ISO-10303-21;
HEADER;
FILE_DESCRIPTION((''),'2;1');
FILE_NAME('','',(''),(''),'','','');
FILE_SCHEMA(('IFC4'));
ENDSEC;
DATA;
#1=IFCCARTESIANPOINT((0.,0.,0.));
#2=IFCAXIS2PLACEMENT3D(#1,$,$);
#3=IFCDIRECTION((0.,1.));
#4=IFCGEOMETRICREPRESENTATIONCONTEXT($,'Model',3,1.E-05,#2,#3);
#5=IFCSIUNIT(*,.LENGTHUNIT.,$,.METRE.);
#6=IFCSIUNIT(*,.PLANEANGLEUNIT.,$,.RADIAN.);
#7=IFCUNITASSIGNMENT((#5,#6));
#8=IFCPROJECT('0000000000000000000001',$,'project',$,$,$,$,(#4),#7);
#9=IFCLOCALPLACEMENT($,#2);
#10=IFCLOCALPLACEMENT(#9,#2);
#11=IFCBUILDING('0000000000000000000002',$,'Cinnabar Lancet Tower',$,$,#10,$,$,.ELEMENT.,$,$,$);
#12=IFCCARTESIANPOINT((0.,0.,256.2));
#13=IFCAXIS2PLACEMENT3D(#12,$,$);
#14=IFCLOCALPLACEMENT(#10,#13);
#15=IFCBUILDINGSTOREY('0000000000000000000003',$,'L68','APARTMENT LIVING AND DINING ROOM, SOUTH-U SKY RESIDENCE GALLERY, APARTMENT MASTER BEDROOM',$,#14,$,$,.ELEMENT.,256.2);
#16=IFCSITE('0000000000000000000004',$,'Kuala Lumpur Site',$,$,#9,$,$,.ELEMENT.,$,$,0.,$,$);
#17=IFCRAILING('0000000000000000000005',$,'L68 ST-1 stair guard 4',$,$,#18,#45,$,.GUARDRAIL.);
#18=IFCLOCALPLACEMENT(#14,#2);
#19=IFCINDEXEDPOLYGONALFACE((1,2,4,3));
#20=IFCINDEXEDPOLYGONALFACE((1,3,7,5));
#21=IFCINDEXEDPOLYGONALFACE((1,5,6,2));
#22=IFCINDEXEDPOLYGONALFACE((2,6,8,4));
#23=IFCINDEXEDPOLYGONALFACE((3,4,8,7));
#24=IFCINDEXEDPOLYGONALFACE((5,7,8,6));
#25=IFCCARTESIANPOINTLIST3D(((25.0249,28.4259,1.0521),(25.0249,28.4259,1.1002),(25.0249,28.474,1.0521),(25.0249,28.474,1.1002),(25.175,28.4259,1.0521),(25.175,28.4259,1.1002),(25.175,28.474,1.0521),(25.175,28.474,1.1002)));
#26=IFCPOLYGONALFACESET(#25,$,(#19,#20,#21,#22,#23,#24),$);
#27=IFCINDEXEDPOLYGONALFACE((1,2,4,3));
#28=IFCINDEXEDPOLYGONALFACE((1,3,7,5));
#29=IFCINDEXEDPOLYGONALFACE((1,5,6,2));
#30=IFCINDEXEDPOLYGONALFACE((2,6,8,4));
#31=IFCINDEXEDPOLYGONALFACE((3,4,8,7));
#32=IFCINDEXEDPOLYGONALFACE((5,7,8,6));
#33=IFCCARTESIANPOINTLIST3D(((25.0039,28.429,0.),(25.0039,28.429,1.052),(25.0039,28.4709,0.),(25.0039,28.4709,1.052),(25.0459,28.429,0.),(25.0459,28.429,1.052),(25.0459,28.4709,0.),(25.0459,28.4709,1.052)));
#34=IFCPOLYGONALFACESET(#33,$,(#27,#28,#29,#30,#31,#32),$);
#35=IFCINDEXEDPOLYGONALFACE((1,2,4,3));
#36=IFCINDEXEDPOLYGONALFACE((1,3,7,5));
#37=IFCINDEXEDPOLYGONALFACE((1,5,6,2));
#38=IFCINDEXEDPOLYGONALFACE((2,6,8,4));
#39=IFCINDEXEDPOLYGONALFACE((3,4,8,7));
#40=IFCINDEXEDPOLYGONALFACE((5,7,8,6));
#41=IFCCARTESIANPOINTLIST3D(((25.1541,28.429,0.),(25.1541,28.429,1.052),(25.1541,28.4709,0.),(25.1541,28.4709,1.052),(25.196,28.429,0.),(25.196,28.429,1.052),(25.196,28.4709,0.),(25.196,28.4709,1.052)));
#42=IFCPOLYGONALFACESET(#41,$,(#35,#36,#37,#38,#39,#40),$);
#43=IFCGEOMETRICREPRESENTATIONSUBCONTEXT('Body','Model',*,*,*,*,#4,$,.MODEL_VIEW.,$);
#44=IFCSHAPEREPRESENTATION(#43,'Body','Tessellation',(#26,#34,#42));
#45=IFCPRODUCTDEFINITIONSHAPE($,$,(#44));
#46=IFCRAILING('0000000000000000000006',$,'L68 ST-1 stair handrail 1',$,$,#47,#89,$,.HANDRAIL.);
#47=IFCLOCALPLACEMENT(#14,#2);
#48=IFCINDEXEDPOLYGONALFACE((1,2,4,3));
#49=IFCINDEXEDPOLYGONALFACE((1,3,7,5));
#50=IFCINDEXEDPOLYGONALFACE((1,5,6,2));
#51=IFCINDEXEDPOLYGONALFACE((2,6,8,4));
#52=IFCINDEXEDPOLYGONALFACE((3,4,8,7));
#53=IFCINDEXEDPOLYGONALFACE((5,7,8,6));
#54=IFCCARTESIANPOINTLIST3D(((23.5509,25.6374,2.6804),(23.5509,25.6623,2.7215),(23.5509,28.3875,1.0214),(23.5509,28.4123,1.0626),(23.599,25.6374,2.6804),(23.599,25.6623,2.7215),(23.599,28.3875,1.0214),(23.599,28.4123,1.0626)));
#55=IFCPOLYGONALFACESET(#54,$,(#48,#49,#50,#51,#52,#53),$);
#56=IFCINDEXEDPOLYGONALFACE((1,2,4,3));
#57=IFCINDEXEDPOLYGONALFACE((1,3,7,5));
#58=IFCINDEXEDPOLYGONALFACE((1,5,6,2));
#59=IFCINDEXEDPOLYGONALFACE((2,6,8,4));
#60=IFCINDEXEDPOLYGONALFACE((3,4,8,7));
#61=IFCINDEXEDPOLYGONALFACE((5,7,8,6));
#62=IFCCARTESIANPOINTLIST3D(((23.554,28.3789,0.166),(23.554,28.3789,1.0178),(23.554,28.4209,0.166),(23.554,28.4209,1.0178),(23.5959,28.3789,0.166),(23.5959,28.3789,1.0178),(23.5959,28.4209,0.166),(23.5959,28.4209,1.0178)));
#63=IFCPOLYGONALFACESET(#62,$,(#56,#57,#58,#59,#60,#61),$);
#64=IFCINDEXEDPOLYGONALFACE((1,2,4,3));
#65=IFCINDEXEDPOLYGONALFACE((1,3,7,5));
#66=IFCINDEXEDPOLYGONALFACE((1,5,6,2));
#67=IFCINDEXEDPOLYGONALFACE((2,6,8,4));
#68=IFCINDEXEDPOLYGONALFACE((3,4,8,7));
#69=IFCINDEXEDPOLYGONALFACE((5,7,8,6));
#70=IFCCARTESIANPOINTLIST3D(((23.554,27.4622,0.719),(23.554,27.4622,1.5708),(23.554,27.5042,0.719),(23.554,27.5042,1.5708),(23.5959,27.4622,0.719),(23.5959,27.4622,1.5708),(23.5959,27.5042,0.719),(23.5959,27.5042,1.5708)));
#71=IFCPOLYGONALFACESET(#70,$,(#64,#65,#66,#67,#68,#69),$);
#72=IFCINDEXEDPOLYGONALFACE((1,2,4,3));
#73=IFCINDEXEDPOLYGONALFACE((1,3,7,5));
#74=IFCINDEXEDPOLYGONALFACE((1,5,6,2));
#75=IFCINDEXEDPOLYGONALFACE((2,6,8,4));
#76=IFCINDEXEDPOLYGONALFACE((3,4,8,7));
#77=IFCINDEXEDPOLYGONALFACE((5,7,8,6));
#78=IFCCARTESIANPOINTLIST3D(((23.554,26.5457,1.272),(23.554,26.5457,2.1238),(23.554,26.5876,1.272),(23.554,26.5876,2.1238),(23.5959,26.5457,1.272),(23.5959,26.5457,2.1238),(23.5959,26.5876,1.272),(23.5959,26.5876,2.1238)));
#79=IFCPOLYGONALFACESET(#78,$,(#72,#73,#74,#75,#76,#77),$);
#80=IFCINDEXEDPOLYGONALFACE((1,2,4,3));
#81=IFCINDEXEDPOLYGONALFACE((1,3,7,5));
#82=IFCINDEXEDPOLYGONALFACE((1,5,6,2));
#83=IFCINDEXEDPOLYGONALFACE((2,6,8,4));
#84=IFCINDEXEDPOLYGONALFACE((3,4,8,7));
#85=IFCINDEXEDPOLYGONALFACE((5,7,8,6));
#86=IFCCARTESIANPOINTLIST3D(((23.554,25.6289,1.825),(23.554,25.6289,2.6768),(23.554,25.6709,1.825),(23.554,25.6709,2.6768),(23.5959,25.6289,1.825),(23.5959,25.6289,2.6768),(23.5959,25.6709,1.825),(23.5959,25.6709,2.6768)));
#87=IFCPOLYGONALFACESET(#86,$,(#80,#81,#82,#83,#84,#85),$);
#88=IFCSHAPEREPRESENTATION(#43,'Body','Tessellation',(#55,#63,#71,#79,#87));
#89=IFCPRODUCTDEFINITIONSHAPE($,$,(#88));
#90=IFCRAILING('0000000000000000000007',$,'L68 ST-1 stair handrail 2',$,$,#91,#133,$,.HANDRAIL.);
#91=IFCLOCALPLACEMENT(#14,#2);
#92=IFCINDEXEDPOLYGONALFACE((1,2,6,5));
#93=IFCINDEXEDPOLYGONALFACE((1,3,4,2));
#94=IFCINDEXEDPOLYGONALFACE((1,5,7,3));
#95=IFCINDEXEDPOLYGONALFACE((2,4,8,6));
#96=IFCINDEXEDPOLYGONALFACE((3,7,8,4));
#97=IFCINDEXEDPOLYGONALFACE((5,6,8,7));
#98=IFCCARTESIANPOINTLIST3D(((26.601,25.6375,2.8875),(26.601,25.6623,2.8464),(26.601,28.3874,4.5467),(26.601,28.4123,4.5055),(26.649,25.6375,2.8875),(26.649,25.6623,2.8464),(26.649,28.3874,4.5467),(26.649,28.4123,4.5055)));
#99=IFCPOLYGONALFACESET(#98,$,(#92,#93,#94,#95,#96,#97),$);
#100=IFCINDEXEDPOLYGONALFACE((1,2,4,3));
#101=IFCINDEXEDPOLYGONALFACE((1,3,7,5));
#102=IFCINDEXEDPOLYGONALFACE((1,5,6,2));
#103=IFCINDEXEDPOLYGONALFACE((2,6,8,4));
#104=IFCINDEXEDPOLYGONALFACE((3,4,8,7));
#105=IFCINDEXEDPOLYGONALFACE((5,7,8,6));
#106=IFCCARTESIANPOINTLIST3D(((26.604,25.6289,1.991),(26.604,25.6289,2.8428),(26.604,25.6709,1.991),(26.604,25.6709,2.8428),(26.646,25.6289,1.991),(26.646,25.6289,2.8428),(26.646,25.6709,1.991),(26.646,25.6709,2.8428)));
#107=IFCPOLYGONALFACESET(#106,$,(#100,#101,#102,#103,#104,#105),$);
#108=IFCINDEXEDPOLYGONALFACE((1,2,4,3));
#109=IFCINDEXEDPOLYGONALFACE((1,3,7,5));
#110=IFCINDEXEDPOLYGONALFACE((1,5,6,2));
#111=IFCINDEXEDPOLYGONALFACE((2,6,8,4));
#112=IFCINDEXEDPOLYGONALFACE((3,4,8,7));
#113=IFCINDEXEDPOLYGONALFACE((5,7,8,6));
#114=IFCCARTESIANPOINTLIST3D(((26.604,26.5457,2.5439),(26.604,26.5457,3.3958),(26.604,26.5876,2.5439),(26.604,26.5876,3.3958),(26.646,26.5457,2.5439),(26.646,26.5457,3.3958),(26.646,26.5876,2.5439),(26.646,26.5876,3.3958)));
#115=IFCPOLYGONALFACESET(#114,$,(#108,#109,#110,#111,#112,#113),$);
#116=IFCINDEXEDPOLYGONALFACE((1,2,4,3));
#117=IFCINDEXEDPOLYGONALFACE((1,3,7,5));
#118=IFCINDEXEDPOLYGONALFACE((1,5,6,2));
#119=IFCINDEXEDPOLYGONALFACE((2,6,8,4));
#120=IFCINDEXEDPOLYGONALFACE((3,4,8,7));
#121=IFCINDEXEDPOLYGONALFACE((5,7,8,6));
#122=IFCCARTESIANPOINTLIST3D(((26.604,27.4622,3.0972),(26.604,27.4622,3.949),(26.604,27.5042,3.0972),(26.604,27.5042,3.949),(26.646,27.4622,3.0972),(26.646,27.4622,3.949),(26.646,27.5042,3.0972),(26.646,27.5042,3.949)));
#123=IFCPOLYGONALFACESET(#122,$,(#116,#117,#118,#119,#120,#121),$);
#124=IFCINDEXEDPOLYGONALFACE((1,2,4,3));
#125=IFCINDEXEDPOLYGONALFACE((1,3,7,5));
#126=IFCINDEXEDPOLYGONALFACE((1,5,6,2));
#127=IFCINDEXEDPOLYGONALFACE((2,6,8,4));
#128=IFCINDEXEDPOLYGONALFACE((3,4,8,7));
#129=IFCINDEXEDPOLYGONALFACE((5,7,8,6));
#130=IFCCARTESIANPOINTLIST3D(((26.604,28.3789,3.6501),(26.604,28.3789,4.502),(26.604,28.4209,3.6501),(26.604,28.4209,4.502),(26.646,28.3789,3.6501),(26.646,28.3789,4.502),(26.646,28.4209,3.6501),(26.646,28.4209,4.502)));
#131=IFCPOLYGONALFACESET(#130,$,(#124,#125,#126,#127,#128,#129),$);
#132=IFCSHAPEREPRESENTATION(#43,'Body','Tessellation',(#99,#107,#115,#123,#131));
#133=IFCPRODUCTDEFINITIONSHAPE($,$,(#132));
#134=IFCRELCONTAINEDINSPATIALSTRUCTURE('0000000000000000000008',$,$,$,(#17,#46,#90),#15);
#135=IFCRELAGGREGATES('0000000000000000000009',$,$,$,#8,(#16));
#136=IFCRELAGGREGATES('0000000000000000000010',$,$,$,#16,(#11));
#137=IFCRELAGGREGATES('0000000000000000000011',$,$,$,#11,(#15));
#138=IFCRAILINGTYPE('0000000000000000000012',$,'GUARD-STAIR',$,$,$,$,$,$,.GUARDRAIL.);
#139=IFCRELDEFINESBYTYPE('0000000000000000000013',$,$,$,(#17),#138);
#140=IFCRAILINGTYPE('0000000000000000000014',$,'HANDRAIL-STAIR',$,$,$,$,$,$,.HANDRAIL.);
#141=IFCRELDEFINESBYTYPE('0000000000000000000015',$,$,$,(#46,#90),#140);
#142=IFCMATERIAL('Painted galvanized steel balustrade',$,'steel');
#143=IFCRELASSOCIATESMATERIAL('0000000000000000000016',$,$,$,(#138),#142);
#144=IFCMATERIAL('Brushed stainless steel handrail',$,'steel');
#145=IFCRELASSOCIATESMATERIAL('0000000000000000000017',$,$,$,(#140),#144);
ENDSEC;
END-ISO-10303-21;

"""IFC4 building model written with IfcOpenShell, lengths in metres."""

from ifc_helpers import new_model, si_unit, direction, frame, origin, origin_2d, place, context, subcontext, project, spatial, rectangle, extrude, material, type_object, element, save


model = new_model("IFC4")

# Units and contexts
model_context = context("Model", 3, precision=1e-05, world=origin(), true_north=direction((0.0, 1.0)))
body_context = subcontext(model_context, "Body", "Model", "MODEL_VIEW")
ifc_project = project(units=[si_unit("LENGTHUNIT", "METRE"), si_unit("PLANEANGLEUNIT", "RADIAN")], contexts=[model_context])

# Site, building, storey
site_placement = place(None, origin())
site = spatial("IfcSite", under=ifc_project, at=site_placement, Name="Kuala Lumpur Site", CompositionType="ELEMENT", RefElevation=0.0)
building_placement = place(site_placement, origin())
building = spatial("IfcBuilding", under=site, at=building_placement, Name="Cinnabar Lancet Tower", CompositionType="ELEMENT")
storey_placement = place(building_placement, frame((0.0, 0.0, 256.2)))
storey = spatial("IfcBuildingStorey", under=building, at=storey_placement, Name="L68", Description="APARTMENT LIVING AND DINING ROOM, SOUTH-U SKY RESIDENCE GALLERY, APARTMENT MASTER BEDROOM", CompositionType="ELEMENT", Elevation=256.2)

# Railings
ifc_material_1 = material(Name="Painted galvanized steel balustrade", Category="steel")
railing_type_1 = type_object("IfcRailingType", Name="GUARD-STAIR", PredefinedType="GUARDRAIL", material=ifc_material_1)
railing_1_placement = place(storey_placement, frame((25.0249, 28.45, 0.0)))
element("IfcRailing", 1, at=railing_1_placement, inside=storey, type_object=railing_type_1, Name="L68 ST-1 stair guard 4", PredefinedType="GUARDRAIL", context=body_context, shape_type="SweptSolid", body=[
    extrude(rectangle(XDim=0.0481, YDim=0.0481, at=origin_2d()), frame((0.0, 0.0, 1.0762), z_axis=(1.0, 0.0, 0.0), x_axis=(0.0, 1.0, 0.0)), (0.0, 0.0, 1.0), 0.1501),
    extrude(rectangle(XDim=0.042, YDim=0.042, at=origin_2d()), origin(), (0.0, 0.0, 1.0), 1.052),
    extrude(rectangle(XDim=0.042, YDim=0.042, at=origin_2d()), frame((0.1501, 0.0, 0.0)), (0.0, 0.0, 1.0), 1.052),
])
ifc_material_2 = material(Name="Brushed stainless steel handrail", Category="steel")
railing_type_2 = type_object("IfcRailingType", Name="HANDRAIL-STAIR", PredefinedType="HANDRAIL", material=ifc_material_2)
railing_2_placement = place(storey_placement, frame((23.575, 28.3999, 0.166)))
element("IfcRailing", 2, at=railing_2_placement, inside=storey, type_object=railing_type_2, Name="L68 ST-1 stair handrail 1", PredefinedType="HANDRAIL", context=body_context, shape_type="SweptSolid", body=[
    extrude(rectangle(XDim=0.0481, YDim=0.0481, at=origin_2d()), frame((0.0, 0.0, 0.876), z_axis=(0.0, -0.856263, 0.51654), x_axis=(1.0, 0.0, 0.0)), (0.0, 0.0, 1.0), 3.2117),
    extrude(rectangle(XDim=0.042, YDim=0.042, at=origin_2d()), origin(), (0.0, 0.0, 1.0), 0.8518),
    extrude(rectangle(XDim=0.042, YDim=0.042, at=origin_2d()), frame((0.0, -0.9167, 0.553)), (0.0, 0.0, 1.0), 0.8518),
    extrude(rectangle(XDim=0.042, YDim=0.042, at=origin_2d()), frame((0.0, -1.8333, 1.106)), (0.0, 0.0, 1.0), 0.8518),
    extrude(rectangle(XDim=0.042, YDim=0.042, at=origin_2d()), frame((0.0, -2.75, 1.6589)), (0.0, 0.0, 1.0), 0.8518),
])
railing_3_placement = place(storey_placement, frame((26.625, 25.6499, 1.991)))
element("IfcRailing", 3, at=railing_3_placement, inside=storey, type_object=railing_type_2, Name="L68 ST-1 stair handrail 2", PredefinedType="HANDRAIL", context=body_context, shape_type="SweptSolid", body=[
    extrude(rectangle(XDim=0.0481, YDim=0.0481, at=origin_2d()), frame((0.0, 0.0, 0.876), z_axis=(0.0, 0.856229, 0.516596), x_axis=(-1.0, 0.0, 0.0)), (0.0, 0.0, 1.0), 3.2117),
    extrude(rectangle(XDim=0.042, YDim=0.042, at=origin_2d()), origin(), (0.0, 0.0, 1.0), 0.8518),
    extrude(rectangle(XDim=0.042, YDim=0.042, at=origin_2d()), frame((0.0, 0.9167, 0.553)), (0.0, 0.0, 1.0), 0.8518),
    extrude(rectangle(XDim=0.042, YDim=0.042, at=origin_2d()), frame((0.0, 1.8333, 1.1062)), (0.0, 0.0, 1.0), 0.8518),
    extrude(rectangle(XDim=0.042, YDim=0.042, at=origin_2d()), frame((0.0, 2.75, 1.6592)), (0.0, 0.0, 1.0), 0.8518),
])

save(model, "model.ifc")
